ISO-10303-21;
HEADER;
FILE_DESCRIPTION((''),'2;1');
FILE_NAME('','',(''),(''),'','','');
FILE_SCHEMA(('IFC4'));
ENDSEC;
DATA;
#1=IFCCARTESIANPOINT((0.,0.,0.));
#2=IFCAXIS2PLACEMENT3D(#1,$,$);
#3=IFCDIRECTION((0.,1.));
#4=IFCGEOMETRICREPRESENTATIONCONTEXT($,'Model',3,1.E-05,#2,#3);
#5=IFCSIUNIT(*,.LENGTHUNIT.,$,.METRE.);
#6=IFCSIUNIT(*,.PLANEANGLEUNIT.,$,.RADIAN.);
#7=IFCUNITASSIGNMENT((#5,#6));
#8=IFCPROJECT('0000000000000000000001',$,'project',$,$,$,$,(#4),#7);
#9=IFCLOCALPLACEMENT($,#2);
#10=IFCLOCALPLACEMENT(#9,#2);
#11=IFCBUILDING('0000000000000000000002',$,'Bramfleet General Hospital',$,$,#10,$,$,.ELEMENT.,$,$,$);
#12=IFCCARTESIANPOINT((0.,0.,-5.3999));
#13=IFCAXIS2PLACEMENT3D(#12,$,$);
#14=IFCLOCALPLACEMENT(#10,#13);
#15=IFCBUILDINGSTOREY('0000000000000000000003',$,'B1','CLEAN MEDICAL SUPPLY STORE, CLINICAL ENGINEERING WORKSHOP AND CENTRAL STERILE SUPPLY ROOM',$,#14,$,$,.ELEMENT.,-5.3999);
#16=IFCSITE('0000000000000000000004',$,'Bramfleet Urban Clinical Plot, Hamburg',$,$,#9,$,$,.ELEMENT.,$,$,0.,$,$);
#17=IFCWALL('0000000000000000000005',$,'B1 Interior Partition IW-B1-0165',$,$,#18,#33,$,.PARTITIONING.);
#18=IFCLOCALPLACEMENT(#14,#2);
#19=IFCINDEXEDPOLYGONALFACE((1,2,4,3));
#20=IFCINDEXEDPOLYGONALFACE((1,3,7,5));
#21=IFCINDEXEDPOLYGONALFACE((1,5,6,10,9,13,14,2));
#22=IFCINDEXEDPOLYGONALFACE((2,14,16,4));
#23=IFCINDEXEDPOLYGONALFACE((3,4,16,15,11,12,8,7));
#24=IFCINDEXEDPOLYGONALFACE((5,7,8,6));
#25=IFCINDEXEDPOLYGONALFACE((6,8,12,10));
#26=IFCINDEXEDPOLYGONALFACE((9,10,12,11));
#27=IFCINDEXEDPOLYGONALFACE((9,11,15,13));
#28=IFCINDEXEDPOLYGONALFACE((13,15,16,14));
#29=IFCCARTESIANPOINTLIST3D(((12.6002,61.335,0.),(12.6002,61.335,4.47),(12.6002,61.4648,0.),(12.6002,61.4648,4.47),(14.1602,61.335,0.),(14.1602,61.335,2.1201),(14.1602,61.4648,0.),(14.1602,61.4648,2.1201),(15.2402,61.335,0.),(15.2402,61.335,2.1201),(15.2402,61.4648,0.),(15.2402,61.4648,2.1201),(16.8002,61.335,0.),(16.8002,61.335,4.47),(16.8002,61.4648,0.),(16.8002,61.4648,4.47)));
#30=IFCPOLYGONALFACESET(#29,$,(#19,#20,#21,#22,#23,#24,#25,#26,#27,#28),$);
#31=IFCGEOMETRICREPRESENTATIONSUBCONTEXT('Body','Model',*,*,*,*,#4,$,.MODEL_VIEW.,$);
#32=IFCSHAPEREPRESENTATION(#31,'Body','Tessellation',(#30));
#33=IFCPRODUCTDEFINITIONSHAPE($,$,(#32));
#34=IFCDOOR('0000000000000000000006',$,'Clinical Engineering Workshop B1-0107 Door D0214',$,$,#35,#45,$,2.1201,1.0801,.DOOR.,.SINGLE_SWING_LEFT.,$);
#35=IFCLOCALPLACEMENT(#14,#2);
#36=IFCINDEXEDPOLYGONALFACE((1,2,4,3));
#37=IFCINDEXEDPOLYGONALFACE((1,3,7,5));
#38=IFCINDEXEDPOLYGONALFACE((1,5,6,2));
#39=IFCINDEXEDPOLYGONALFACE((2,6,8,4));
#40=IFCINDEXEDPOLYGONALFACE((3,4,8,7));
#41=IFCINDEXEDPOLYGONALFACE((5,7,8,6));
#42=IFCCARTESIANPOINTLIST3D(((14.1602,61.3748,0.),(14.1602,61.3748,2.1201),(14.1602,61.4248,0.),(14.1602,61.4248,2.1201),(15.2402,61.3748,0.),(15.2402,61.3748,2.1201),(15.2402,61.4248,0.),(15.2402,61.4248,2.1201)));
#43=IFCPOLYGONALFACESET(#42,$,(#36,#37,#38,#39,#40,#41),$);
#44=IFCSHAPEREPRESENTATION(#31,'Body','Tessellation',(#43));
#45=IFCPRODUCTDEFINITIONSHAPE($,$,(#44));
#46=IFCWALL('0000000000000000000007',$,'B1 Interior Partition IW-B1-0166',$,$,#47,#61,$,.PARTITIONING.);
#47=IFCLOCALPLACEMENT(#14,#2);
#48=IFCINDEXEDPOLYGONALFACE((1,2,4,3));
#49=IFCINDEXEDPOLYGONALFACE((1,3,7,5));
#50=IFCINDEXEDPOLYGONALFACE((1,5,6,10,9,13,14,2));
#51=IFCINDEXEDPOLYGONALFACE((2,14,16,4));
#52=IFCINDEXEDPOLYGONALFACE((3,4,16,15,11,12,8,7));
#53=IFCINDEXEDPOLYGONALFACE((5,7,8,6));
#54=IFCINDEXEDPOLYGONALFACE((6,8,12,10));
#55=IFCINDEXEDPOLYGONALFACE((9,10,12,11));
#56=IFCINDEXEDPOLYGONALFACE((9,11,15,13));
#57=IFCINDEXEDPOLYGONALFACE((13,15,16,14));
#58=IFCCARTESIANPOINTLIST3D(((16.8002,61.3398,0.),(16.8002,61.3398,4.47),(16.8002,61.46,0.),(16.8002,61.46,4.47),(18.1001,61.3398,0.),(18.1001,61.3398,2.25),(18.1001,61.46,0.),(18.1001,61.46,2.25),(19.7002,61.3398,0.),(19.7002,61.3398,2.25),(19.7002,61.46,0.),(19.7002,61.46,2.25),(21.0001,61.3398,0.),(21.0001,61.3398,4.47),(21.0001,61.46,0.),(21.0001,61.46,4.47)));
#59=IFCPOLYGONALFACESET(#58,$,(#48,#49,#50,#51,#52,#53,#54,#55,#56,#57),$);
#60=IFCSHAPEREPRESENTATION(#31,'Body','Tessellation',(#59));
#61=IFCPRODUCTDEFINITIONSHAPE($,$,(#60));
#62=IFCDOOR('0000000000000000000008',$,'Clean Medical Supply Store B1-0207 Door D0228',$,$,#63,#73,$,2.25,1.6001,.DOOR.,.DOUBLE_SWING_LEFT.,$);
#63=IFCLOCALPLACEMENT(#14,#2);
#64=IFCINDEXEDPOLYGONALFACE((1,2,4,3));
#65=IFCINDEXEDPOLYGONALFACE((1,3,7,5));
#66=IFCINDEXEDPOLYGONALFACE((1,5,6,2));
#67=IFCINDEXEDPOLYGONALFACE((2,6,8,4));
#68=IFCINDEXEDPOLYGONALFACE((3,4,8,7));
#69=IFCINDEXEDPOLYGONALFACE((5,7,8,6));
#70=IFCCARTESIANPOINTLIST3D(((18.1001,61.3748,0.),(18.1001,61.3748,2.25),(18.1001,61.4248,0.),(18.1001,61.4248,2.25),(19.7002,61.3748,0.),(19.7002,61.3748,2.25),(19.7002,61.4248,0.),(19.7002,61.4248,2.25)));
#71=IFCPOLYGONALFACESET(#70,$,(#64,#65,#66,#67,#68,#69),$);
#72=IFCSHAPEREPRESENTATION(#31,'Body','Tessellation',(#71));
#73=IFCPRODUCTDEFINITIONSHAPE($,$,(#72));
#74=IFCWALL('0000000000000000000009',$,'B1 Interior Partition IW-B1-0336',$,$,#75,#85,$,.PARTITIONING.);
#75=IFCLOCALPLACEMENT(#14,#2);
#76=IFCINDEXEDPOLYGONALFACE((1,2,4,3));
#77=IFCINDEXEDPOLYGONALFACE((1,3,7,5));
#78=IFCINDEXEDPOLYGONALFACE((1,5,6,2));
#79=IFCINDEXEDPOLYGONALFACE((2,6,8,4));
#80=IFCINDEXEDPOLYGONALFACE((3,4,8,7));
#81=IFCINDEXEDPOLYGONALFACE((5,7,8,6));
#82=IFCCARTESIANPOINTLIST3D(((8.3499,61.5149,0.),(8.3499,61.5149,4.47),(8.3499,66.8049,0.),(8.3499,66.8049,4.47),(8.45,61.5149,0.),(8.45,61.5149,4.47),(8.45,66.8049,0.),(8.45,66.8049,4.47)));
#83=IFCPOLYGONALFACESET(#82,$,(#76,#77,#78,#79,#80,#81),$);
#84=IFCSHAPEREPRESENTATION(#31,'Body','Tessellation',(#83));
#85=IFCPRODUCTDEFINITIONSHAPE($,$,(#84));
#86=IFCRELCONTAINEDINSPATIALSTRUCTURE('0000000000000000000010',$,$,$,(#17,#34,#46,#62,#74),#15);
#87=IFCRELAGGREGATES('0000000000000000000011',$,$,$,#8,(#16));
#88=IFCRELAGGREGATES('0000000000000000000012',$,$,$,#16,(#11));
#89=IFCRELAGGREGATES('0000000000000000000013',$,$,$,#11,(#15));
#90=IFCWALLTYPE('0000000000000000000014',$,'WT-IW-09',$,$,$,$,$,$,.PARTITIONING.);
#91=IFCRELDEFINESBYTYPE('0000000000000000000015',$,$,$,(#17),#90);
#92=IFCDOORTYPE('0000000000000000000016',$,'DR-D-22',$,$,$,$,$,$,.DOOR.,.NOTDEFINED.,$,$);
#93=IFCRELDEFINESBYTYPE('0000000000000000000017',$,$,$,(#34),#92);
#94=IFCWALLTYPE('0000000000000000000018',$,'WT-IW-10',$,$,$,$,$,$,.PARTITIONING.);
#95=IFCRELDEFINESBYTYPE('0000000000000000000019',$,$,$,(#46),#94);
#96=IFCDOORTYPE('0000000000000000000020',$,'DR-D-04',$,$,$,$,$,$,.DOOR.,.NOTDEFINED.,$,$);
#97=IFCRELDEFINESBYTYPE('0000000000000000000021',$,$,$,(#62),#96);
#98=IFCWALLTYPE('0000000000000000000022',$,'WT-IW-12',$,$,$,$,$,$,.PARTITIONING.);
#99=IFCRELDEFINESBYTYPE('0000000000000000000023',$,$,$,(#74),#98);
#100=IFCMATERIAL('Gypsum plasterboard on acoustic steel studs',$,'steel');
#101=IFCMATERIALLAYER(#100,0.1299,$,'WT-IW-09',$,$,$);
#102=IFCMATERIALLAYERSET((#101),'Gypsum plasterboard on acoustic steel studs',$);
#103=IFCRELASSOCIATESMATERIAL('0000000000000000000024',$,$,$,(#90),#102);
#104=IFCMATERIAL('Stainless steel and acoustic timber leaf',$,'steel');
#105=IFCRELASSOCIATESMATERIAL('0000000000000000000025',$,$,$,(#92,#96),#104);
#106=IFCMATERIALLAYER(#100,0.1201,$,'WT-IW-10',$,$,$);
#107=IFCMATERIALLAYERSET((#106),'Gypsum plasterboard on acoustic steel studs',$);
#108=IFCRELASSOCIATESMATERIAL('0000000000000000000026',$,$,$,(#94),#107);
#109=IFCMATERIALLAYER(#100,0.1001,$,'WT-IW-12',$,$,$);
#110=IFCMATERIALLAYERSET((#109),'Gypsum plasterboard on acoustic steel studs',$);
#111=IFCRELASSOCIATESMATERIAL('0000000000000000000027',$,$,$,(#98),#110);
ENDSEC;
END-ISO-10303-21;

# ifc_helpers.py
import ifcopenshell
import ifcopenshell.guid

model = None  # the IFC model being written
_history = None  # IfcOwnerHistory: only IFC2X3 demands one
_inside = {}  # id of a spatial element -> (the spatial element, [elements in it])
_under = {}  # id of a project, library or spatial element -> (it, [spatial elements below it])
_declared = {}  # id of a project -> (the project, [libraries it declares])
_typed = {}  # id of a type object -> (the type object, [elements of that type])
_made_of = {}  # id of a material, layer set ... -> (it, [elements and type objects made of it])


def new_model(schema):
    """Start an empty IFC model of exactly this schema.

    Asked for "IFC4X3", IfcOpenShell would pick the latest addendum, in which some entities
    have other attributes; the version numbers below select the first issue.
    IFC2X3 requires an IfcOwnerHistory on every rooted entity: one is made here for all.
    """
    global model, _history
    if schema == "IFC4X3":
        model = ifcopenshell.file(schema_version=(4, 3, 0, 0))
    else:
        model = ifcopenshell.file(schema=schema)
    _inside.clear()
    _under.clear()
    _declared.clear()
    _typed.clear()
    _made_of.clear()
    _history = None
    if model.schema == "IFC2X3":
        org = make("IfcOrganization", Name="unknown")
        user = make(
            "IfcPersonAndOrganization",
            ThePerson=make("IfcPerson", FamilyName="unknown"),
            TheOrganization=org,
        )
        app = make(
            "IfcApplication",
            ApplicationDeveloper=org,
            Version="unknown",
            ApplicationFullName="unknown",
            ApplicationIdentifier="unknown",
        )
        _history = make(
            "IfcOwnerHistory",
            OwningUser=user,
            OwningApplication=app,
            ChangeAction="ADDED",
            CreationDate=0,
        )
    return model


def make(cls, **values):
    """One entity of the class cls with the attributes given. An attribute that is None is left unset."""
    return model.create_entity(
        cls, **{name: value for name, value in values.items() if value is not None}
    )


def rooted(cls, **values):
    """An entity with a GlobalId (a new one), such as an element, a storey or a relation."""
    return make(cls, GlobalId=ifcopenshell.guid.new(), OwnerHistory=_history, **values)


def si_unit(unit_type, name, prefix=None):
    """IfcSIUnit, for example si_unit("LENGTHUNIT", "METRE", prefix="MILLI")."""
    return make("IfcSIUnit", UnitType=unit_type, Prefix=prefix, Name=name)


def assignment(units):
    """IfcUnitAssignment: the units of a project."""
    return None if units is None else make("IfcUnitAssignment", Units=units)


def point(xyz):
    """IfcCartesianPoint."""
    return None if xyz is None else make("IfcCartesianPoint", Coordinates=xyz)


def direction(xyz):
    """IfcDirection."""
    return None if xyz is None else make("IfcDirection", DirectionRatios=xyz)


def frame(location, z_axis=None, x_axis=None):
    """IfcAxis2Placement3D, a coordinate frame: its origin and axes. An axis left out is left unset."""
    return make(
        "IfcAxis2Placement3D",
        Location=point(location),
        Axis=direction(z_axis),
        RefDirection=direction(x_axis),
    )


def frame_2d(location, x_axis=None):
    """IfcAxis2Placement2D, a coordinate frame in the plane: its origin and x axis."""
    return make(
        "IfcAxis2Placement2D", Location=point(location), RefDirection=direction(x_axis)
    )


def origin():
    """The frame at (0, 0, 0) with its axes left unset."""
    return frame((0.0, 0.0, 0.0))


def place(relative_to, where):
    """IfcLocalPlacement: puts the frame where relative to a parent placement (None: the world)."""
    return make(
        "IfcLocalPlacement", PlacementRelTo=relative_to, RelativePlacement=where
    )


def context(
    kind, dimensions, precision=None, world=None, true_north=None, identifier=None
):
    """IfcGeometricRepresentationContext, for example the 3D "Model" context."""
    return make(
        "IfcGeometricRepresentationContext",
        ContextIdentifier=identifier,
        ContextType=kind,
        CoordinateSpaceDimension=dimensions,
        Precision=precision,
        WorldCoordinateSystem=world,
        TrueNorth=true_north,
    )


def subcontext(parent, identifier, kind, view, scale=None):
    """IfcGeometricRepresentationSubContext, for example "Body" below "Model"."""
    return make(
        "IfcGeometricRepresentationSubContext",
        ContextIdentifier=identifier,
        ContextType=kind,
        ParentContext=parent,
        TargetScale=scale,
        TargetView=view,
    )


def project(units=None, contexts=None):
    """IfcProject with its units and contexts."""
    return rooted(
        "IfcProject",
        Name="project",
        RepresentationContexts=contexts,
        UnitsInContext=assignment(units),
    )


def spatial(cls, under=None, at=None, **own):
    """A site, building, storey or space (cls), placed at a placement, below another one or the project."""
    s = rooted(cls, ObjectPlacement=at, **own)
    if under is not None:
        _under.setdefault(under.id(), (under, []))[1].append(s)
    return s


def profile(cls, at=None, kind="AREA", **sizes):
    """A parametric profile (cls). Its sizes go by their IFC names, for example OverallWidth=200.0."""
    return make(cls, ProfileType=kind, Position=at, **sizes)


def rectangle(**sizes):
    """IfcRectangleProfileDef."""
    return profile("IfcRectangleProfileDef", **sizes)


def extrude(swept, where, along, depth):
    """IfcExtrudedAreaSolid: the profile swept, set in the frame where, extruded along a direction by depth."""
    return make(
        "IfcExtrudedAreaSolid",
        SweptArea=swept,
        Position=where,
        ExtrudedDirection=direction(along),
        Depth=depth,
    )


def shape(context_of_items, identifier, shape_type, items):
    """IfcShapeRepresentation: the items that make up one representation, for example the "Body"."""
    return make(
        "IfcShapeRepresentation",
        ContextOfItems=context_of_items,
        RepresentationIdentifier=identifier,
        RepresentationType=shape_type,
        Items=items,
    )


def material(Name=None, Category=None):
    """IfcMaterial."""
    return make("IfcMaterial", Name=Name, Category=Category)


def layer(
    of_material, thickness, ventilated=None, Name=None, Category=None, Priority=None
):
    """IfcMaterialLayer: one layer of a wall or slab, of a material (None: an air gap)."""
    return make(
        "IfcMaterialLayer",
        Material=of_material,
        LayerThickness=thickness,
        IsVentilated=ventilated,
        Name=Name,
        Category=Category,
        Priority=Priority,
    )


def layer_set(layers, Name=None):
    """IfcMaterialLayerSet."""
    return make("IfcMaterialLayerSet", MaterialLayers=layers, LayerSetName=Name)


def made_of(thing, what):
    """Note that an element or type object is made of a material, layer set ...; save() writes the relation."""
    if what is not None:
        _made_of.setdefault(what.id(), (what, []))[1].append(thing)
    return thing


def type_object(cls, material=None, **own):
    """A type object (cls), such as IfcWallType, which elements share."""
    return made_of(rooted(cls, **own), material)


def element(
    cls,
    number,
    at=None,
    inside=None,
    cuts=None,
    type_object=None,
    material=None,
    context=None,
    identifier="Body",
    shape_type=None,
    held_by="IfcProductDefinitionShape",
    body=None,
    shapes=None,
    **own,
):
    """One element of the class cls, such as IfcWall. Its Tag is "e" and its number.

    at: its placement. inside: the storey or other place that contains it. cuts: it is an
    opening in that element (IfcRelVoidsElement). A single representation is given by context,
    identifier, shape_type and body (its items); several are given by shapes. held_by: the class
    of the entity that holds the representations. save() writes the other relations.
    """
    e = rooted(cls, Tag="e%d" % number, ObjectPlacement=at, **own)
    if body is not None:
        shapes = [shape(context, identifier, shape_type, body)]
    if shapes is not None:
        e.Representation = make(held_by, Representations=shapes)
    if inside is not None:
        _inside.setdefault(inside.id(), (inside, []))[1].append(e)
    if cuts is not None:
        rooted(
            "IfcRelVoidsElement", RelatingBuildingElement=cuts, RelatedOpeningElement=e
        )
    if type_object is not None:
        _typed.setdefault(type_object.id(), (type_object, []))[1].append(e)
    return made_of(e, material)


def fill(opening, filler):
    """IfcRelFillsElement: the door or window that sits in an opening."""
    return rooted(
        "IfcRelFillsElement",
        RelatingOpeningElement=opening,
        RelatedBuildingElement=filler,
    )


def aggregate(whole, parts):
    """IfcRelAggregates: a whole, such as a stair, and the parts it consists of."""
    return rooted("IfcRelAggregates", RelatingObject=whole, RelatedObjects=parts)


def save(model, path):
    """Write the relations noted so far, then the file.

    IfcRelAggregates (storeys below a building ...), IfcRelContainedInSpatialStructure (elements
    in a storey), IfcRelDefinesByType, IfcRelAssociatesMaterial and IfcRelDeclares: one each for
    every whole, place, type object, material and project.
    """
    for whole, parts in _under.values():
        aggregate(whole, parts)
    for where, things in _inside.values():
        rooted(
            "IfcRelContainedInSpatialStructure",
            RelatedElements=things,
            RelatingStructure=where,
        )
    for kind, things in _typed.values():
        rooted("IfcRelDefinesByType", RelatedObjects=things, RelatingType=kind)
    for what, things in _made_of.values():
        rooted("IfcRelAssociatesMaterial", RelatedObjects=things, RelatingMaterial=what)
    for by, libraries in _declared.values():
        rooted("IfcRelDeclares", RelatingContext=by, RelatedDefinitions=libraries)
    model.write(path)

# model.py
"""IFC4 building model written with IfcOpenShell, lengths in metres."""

from ifc_helpers import new_model, si_unit, direction, frame, frame_2d, origin, place, context, subcontext, project, spatial, rectangle, extrude, material, layer, layer_set, type_object, element, fill, save


model = new_model("IFC4")

# Units and contexts
model_context = context("Model", 3, precision=1e-05, world=origin(), true_north=direction((0.0, 1.0)))
body_context = subcontext(model_context, "Body", "Model", "MODEL_VIEW")
ifc_project = project(units=[si_unit("LENGTHUNIT", "METRE"), si_unit("PLANEANGLEUNIT", "RADIAN")], contexts=[model_context])

# Site, building, storey
site_placement = place(None, origin())
site = spatial("IfcSite", under=ifc_project, at=site_placement, Name="Bramfleet Urban Clinical Plot, Hamburg", CompositionType="ELEMENT", RefElevation=0.0)
building_placement = place(site_placement, origin())
building = spatial("IfcBuilding", under=site, at=building_placement, Name="Bramfleet General Hospital", CompositionType="ELEMENT")
storey_placement = place(building_placement, frame((0.0, 0.0, -5.3999)))
storey = spatial("IfcBuildingStorey", under=building, at=storey_placement, Name="B1", Description="CLEAN MEDICAL SUPPLY STORE, CLINICAL ENGINEERING WORKSHOP AND CENTRAL STERILE SUPPLY ROOM", CompositionType="ELEMENT", Elevation=-5.3999)

# Shared definitions
ifc_material_1 = material(Name="Gypsum plasterboard on acoustic steel studs", Category="steel")

# Shared definitions
ifc_material_2 = material(Name="Stainless steel and acoustic timber leaf", Category="steel")

# Walls, openings, doors
ifc_layer_1 = layer(ifc_material_1, 0.1299, Name="WT-IW-09")
ifc_layer_set_1 = layer_set([ifc_layer_1], Name="Gypsum plasterboard on acoustic steel studs")
wall_type_1 = type_object("IfcWallType", Name="WT-IW-09", PredefinedType="PARTITIONING", material=ifc_layer_set_1)
wall_1_placement = place(storey_placement, frame((12.6001, 61.3999, 0.0), z_axis=(0.0, 0.0, 1.0), x_axis=(1.0, 0.0, 0.0)))
wall_1 = element("IfcWall", 1, at=wall_1_placement, inside=storey, type_object=wall_type_1, Name="B1 Interior Partition IW-B1-0165", PredefinedType="PARTITIONING", context=body_context, shape_type="SweptSolid", body=[
    extrude(rectangle(XDim=4.2, YDim=0.1299, at=frame_2d((2.1001, 0.0))), origin(), (0.0, 0.0, 1.0), 4.47),
])
opening_1_placement = place(wall_1_placement, frame((1.5601, 0.0, 0.0)))
opening_1 = element("IfcOpeningElement", 2, at=opening_1_placement, cuts=wall_1, PredefinedType="OPENING", context=body_context, shape_type="SweptSolid", body=[
    extrude(rectangle(XDim=1.0801, YDim=2.1201, at=frame_2d((0.54, 1.0601))), frame((0.0, 0.075, 0.0), z_axis=(0.0, -1.0, 0.0), x_axis=(1.0, 0.0, 0.0)), (0.0, 0.0, 1.0), 0.1499),
])
door_type_1 = type_object("IfcDoorType", Name="DR-D-22", OperationType="NOTDEFINED", PredefinedType="DOOR", material=ifc_material_2)
door_1_placement = place(opening_1_placement, origin())
door_1 = element("IfcDoor", 3, at=door_1_placement, inside=storey, type_object=door_type_1, Name="Clinical Engineering Workshop B1-0107 Door D0214", OperationType="SINGLE_SWING_LEFT", OverallHeight=2.1201, OverallWidth=1.0801, PredefinedType="DOOR", context=body_context, shape_type="SweptSolid", body=[
    extrude(rectangle(XDim=1.0801, YDim=2.1201, at=frame_2d((0.54, 1.0601))), frame((0.0, 0.0249, 0.0), z_axis=(0.0, -1.0, 0.0), x_axis=(1.0, 0.0, 0.0)), (0.0, 0.0, 1.0), 0.05),
])
fill(opening_1, door_1)
ifc_layer_2 = layer(ifc_material_1, 0.1201, Name="WT-IW-10")
ifc_layer_set_2 = layer_set([ifc_layer_2], Name="Gypsum plasterboard on acoustic steel studs")
wall_type_2 = type_object("IfcWallType", Name="WT-IW-10", PredefinedType="PARTITIONING", material=ifc_layer_set_2)
wall_2_placement = place(storey_placement, frame((16.8, 61.3999, 0.0), z_axis=(0.0, 0.0, 1.0), x_axis=(1.0, 0.0, 0.0)))
wall_2 = element("IfcWall", 4, at=wall_2_placement, inside=storey, type_object=wall_type_2, Name="B1 Interior Partition IW-B1-0166", PredefinedType="PARTITIONING", context=body_context, shape_type="SweptSolid", body=[
    extrude(rectangle(XDim=4.2, YDim=0.1201, at=frame_2d((2.1001, 0.0))), origin(), (0.0, 0.0, 1.0), 4.47),
])
opening_2_placement = place(wall_2_placement, frame((1.3, 0.0, 0.0)))
opening_2 = element("IfcOpeningElement", 5, at=opening_2_placement, cuts=wall_2, PredefinedType="OPENING", context=body_context, shape_type="SweptSolid", body=[
    extrude(rectangle(XDim=1.6001, YDim=2.25, at=frame_2d((0.8, 1.125))), frame((0.0, 0.0701, 0.0), z_axis=(0.0, -1.0, 0.0), x_axis=(1.0, 0.0, 0.0)), (0.0, 0.0, 1.0), 0.1401),
])
door_type_2 = type_object("IfcDoorType", Name="DR-D-04", OperationType="NOTDEFINED", PredefinedType="DOOR", material=ifc_material_2)
door_2_placement = place(opening_2_placement, origin())
door_2 = element("IfcDoor", 6, at=door_2_placement, inside=storey, type_object=door_type_2, Name="Clean Medical Supply Store B1-0207 Door D0228", OperationType="DOUBLE_SWING_LEFT", OverallHeight=2.25, OverallWidth=1.6001, PredefinedType="DOOR", context=body_context, shape_type="SweptSolid", body=[
    extrude(rectangle(XDim=1.6001, YDim=2.25, at=frame_2d((0.8, 1.125))), frame((0.0, 0.0249, 0.0), z_axis=(0.0, -1.0, 0.0), x_axis=(1.0, 0.0, 0.0)), (0.0, 0.0, 1.0), 0.05),
])
fill(opening_2, door_2)

# Wall
ifc_layer_3 = layer(ifc_material_1, 0.1001, Name="WT-IW-12")
ifc_layer_set_3 = layer_set([ifc_layer_3], Name="Gypsum plasterboard on acoustic steel studs")
wall_type_3 = type_object("IfcWallType", Name="WT-IW-12", PredefinedType="PARTITIONING", material=ifc_layer_set_3)
wall_3_placement = place(storey_placement, frame((8.3999, 61.5149, 0.0), z_axis=(0.0, 0.0, 1.0), x_axis=(0.0, 1.0, 0.0)))
element("IfcWall", 7, at=wall_3_placement, inside=storey, type_object=wall_type_3, Name="B1 Interior Partition IW-B1-0336", PredefinedType="PARTITIONING", context=body_context, shape_type="SweptSolid", body=[
    extrude(rectangle(XDim=5.29, YDim=0.1001, at=frame_2d((2.645, 0.0))), origin(), (0.0, 0.0, 1.0), 4.47),
])

save(model, "model.ifc")
